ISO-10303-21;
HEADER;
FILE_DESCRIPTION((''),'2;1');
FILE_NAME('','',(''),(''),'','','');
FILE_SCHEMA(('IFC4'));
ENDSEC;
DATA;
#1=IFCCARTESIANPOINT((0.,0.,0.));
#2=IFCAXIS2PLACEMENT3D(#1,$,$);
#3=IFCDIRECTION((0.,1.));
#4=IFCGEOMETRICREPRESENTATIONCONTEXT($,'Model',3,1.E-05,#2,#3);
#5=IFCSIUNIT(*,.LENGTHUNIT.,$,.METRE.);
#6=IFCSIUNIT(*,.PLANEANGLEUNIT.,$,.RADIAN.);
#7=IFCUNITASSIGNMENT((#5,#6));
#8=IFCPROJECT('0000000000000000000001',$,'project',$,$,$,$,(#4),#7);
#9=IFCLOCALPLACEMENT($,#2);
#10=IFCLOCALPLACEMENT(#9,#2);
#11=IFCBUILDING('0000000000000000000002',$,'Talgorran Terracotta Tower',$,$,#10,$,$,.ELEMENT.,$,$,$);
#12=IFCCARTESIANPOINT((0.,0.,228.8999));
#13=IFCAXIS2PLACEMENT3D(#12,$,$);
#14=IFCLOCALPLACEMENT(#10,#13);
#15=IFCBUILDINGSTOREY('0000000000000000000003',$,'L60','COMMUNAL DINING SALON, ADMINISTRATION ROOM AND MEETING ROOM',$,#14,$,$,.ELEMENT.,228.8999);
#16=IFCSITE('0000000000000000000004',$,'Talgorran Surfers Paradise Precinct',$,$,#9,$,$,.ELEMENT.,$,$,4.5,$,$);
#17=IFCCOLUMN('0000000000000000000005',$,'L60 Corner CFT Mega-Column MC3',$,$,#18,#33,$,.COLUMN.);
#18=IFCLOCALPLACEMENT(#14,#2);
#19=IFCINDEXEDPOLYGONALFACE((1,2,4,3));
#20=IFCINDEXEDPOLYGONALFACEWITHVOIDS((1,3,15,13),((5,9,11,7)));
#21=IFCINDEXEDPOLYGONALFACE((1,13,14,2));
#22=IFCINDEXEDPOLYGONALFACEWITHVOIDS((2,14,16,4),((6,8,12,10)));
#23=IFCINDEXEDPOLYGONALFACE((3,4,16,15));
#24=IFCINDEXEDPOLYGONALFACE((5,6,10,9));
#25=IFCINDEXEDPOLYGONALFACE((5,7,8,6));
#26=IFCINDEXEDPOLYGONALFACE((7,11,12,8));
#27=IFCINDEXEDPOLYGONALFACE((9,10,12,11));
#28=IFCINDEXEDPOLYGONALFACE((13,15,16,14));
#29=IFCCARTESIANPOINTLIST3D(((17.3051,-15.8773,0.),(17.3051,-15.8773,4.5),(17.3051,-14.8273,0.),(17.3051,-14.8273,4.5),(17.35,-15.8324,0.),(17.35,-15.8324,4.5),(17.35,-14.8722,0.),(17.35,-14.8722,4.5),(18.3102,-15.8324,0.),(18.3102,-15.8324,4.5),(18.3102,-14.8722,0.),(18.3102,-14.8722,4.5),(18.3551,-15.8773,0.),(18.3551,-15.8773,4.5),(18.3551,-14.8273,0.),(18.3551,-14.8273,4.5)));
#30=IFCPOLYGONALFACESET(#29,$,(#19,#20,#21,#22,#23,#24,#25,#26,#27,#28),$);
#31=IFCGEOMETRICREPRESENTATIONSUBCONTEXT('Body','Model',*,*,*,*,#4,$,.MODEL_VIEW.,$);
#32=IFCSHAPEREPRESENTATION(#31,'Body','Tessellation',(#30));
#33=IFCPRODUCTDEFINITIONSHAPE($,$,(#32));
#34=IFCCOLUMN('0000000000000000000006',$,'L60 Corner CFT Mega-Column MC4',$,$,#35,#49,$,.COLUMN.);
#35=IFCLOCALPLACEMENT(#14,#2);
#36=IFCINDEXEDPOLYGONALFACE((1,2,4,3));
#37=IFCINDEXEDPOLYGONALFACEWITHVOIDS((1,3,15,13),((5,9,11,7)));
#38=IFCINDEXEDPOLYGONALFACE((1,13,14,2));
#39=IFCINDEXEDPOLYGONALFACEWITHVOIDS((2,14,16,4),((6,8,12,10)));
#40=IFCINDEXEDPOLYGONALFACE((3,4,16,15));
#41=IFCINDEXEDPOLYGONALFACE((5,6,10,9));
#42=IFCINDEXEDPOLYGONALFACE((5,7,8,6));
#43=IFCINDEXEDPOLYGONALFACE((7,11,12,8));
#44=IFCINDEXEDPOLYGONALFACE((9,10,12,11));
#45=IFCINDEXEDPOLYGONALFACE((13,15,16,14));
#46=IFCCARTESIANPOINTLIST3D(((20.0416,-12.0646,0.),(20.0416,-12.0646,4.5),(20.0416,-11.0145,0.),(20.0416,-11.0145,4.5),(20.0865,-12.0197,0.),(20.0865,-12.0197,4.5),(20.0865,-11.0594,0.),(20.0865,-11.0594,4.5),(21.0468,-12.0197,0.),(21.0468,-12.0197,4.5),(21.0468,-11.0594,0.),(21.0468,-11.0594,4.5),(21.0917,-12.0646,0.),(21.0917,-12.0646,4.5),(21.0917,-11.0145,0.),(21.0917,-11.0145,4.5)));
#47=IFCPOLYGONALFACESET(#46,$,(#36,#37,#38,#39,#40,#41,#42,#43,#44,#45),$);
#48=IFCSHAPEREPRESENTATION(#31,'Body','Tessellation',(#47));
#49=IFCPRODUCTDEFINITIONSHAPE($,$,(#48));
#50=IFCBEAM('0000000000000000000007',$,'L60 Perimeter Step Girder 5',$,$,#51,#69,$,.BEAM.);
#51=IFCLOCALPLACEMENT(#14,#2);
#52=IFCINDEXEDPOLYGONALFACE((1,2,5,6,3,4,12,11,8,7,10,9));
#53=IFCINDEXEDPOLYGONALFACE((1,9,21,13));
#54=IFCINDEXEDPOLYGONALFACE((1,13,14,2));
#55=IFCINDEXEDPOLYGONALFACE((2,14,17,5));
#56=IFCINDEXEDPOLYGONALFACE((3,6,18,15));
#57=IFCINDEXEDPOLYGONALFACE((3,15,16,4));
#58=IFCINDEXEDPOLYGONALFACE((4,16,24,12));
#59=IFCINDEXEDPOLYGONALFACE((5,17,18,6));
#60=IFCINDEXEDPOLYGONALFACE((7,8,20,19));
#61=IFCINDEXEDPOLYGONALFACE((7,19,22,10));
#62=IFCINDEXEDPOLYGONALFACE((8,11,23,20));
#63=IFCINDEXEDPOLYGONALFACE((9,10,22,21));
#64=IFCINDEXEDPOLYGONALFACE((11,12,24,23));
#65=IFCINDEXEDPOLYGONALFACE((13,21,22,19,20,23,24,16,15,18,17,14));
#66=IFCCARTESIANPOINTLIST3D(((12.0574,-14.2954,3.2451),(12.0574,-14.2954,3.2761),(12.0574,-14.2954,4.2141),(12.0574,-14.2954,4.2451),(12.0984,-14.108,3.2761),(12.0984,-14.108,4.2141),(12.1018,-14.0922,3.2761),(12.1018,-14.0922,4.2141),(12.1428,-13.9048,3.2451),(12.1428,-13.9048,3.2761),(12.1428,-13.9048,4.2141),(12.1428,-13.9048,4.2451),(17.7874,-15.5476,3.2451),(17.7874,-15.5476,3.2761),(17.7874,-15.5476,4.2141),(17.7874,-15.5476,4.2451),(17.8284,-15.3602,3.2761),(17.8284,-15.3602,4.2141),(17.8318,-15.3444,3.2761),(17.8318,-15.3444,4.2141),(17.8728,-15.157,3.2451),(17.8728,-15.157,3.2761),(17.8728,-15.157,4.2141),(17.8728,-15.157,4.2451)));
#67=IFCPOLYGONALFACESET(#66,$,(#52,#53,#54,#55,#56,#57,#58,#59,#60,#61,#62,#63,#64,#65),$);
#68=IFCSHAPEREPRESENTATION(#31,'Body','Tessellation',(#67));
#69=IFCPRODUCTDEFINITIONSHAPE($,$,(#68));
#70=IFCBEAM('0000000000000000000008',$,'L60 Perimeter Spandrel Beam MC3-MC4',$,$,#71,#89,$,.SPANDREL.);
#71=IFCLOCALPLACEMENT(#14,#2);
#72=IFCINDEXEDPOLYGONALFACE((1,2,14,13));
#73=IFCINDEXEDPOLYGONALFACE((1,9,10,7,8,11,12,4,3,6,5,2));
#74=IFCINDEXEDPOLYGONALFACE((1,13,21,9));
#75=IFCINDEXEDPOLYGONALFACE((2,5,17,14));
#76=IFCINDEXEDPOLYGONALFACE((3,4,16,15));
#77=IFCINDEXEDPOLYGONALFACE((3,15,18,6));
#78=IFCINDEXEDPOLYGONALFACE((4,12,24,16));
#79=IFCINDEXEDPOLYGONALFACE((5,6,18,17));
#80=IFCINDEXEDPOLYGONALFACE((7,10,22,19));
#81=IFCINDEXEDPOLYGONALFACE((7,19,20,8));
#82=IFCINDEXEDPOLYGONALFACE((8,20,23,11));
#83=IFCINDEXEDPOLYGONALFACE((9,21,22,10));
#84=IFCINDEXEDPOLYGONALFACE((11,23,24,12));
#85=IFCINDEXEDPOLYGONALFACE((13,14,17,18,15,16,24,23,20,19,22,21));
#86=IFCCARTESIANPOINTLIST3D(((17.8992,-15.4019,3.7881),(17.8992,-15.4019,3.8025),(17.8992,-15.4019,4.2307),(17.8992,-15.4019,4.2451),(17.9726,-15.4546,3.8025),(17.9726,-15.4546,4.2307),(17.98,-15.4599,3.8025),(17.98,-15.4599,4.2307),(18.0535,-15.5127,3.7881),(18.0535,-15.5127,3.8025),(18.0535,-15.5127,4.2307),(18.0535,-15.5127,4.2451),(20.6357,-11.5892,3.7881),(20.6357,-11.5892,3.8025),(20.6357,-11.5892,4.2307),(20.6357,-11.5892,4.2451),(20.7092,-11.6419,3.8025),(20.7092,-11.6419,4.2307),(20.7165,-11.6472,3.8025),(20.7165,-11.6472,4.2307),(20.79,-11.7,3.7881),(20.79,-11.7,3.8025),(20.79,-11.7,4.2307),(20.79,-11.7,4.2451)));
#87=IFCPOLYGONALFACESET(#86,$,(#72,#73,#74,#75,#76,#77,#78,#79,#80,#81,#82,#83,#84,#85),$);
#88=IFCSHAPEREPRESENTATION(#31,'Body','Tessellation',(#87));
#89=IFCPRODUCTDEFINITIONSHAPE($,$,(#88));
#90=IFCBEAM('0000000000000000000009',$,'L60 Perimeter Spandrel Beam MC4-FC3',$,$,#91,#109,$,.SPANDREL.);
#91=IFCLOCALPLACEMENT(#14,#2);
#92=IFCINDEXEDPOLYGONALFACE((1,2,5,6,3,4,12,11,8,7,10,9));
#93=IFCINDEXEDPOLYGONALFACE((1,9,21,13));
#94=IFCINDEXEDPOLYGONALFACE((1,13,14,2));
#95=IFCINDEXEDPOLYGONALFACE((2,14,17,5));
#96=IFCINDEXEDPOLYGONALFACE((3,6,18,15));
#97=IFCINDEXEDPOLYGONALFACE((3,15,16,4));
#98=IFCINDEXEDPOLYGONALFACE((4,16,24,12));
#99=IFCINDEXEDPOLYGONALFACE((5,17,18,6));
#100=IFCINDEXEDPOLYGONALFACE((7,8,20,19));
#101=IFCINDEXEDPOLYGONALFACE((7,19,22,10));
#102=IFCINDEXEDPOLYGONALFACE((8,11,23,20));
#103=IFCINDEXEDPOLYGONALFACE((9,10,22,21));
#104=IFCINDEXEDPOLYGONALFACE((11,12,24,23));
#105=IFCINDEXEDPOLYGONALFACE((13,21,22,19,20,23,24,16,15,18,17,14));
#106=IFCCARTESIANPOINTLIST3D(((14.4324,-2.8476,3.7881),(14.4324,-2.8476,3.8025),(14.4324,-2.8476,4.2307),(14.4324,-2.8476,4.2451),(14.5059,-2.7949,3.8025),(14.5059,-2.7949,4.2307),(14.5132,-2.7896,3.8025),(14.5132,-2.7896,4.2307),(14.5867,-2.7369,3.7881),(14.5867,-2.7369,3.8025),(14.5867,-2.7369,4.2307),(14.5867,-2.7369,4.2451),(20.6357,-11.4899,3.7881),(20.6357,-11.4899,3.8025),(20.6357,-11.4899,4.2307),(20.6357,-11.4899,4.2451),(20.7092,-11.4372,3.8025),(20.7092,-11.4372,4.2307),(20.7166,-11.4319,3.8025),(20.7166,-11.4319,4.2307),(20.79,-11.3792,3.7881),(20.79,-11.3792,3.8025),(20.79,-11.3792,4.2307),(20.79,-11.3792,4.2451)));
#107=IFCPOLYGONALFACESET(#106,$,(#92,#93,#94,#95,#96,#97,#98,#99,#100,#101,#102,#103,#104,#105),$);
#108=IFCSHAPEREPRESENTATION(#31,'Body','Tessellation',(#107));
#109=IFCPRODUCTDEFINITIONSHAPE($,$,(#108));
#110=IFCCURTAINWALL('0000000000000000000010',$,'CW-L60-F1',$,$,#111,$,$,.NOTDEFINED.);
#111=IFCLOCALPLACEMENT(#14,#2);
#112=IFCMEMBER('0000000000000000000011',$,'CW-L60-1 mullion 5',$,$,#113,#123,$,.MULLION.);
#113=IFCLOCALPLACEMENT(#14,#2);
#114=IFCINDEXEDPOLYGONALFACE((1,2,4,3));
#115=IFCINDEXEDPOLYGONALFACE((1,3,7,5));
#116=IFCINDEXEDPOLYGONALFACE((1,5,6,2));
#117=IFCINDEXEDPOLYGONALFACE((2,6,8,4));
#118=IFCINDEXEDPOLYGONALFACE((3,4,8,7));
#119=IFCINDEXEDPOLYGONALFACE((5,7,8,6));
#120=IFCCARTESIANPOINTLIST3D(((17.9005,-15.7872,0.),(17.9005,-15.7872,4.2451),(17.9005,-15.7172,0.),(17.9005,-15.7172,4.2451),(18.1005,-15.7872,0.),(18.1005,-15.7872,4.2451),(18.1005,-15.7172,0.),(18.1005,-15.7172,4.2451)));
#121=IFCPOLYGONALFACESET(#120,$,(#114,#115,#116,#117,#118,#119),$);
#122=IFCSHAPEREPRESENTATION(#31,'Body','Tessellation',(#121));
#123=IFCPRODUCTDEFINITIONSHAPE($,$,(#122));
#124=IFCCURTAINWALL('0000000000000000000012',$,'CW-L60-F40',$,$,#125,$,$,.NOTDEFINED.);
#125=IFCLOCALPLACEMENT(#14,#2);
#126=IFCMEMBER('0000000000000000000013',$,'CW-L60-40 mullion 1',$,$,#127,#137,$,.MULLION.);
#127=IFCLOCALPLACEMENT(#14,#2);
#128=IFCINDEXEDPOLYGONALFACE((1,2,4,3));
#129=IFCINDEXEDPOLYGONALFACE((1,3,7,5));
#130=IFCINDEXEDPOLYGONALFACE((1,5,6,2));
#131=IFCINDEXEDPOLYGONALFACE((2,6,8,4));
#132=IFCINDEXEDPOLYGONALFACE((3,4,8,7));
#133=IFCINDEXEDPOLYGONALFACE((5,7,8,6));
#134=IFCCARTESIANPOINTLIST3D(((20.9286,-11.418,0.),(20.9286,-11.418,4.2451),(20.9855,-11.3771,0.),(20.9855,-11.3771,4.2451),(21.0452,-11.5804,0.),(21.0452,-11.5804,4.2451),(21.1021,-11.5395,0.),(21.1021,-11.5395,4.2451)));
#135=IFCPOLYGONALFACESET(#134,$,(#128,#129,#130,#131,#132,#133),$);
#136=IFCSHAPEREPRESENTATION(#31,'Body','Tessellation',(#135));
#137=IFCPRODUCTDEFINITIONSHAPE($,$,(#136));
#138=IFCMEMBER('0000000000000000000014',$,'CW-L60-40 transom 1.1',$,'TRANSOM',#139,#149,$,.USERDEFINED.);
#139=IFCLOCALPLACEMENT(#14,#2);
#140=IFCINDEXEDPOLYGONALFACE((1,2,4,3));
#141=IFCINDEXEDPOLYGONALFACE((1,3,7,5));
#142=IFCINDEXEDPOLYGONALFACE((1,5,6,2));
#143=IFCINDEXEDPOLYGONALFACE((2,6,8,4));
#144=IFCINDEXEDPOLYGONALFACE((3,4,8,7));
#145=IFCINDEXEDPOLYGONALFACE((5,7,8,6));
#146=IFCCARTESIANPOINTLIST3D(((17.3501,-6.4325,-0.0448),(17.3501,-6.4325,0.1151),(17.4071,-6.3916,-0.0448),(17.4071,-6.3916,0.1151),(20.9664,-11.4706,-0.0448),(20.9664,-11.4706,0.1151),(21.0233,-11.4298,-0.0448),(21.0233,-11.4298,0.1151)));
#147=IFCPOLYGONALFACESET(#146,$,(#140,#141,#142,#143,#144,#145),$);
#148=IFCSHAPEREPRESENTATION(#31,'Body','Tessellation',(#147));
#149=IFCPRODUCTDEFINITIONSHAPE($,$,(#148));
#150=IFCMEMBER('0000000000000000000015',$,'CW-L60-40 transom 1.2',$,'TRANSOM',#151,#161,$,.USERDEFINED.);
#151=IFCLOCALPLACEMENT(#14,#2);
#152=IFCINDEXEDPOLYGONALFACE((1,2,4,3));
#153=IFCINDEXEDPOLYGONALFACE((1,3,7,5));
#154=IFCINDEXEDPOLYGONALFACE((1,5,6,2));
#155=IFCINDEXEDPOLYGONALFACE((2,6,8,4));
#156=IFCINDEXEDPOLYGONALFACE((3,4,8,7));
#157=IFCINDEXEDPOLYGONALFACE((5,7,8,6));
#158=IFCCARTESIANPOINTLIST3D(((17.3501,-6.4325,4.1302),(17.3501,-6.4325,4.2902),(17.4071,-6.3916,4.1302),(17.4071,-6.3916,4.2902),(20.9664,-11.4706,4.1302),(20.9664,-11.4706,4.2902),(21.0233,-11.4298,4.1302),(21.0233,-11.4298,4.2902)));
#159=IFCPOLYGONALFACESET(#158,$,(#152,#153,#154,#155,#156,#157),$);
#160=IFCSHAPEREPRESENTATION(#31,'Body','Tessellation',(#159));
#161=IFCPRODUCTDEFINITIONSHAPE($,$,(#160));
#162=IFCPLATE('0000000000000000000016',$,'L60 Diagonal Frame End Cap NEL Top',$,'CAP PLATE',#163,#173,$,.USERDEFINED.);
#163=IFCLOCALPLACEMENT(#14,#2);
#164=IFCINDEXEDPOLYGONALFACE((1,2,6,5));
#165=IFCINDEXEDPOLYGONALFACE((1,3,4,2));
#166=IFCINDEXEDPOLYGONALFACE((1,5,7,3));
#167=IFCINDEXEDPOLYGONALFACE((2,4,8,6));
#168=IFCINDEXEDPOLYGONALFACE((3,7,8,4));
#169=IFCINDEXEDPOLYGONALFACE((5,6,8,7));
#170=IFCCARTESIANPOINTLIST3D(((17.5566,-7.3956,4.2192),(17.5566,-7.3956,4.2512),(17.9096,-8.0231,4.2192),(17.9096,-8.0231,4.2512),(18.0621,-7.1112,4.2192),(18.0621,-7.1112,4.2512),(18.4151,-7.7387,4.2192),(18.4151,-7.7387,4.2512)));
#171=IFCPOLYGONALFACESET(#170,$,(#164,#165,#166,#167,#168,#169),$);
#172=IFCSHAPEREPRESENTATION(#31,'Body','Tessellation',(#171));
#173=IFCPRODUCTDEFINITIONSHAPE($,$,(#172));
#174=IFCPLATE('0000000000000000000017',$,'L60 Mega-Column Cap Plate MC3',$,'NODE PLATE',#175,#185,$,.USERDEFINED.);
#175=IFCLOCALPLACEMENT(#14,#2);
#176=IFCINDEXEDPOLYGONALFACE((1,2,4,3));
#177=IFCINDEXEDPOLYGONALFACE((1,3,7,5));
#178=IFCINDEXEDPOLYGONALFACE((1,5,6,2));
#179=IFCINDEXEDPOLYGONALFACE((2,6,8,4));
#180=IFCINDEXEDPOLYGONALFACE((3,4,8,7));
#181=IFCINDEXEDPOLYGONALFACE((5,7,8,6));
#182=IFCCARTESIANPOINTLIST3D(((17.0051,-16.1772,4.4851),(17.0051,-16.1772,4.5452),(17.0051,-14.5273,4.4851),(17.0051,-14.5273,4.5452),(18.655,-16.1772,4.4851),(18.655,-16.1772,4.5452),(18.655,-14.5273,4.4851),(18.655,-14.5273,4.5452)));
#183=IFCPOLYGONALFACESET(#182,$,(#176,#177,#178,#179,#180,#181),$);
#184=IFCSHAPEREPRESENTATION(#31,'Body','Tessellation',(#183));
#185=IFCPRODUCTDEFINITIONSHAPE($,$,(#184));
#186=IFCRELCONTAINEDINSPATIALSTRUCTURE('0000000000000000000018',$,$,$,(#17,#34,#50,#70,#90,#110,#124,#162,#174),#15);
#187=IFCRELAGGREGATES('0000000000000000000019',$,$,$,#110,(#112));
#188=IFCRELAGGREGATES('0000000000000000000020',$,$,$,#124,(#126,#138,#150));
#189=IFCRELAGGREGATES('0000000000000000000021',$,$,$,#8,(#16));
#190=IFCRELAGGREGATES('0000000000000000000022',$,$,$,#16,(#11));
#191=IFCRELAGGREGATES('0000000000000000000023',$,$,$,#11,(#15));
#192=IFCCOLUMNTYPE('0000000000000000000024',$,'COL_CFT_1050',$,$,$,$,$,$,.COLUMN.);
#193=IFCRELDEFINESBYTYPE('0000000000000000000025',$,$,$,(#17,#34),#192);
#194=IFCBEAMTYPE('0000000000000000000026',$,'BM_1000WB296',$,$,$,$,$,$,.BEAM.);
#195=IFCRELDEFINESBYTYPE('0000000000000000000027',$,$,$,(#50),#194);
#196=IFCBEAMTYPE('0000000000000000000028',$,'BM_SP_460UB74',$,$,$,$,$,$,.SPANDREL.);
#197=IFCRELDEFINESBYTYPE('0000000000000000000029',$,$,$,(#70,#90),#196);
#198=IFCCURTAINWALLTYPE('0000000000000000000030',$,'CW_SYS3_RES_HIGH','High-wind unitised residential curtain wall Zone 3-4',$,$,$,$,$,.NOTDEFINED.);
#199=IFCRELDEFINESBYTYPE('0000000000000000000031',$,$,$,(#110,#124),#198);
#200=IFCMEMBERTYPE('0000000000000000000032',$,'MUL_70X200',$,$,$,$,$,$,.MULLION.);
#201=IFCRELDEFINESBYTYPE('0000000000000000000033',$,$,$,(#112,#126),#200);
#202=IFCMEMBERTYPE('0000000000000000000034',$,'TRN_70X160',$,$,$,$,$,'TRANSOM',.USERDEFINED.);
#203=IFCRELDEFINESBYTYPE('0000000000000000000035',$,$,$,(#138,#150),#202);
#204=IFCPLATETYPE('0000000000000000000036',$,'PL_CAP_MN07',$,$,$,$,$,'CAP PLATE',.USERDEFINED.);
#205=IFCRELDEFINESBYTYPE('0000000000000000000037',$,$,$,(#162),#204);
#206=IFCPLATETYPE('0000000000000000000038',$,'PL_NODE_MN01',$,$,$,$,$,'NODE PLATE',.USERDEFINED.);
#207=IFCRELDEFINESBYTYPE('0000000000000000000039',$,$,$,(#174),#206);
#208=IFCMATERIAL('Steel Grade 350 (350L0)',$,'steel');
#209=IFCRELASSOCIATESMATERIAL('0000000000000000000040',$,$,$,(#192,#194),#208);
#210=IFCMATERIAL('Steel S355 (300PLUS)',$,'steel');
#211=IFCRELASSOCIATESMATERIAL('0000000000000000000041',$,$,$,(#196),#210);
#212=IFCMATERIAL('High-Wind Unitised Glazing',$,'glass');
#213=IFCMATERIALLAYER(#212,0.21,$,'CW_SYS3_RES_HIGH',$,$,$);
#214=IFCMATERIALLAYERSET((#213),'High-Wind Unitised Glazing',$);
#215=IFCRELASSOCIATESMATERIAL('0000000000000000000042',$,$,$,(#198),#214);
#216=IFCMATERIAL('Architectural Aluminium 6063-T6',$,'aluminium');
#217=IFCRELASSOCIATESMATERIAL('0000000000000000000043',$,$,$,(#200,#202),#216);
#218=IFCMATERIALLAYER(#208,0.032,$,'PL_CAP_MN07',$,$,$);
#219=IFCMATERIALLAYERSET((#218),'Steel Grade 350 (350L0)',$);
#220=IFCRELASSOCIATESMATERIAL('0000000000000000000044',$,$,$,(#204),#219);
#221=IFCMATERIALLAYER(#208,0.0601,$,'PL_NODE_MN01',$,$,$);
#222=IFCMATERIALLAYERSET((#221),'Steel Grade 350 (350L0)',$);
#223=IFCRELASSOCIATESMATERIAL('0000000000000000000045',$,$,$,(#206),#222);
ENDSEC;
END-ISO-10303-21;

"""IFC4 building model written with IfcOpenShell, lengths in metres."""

from ifc_helpers import new_model, si_unit, direction, frame, origin, origin_2d, place, context, subcontext, project, spatial, rectangle, hollow_rectangle, i_section, extrude, material, layer, layer_set, material_profile, profile_set, type_object, element, aggregate, save


model = new_model("IFC4")

# Units and contexts
model_context = context("Model", 3, precision=1e-05, world=origin(), true_north=direction((0.0, 1.0)))
body_context = subcontext(model_context, "Body", "Model", "MODEL_VIEW")
ifc_project = project(units=[si_unit("LENGTHUNIT", "METRE"), si_unit("PLANEANGLEUNIT", "RADIAN")], contexts=[model_context])

# Site, building, storey
site_placement = place(None, origin())
site = spatial("IfcSite", under=ifc_project, at=site_placement, Name="Talgorran Surfers Paradise Precinct", CompositionType="ELEMENT", RefElevation=4.5)
building_placement = place(site_placement, origin())
building = spatial("IfcBuilding", under=site, at=building_placement, Name="Talgorran Terracotta Tower", CompositionType="ELEMENT")
storey_placement = place(building_placement, frame((0.0, 0.0, 228.8999)))
storey = spatial("IfcBuildingStorey", under=building, at=storey_placement, Name="L60", Description="COMMUNAL DINING SALON, ADMINISTRATION ROOM AND MEETING ROOM", CompositionType="ELEMENT", Elevation=228.8999)

# Columns
ifc_material_1 = material(Name="Steel Grade 350 (350L0)", Category="steel")
ifc_material_profile_1 = material_profile(ifc_material_1, hollow_rectangle(XDim=1.05, YDim=1.05, WallThickness=0.0449, at=origin_2d()), Name="CFT1050X1050X45")
ifc_profile_set_1 = profile_set([ifc_material_profile_1], Name="Steel Grade 350 (350L0)")
column_type = type_object("IfcColumnType", Name="COL_CFT_1050", PredefinedType="COLUMN", material=ifc_profile_set_1)
for number, where, z_axis, x_axis, name in (
    (1, (17.8301, -15.3523, 0.0), (0.0, 0.0, 1.0), (1.0, 0.0, 0.0), "L60 Corner CFT Mega-Column MC3"),
    (2, (20.5667, -11.5396, 0.0), (0.0, 0.0, 1.0), (1.0, 0.0, 0.0), "L60 Corner CFT Mega-Column MC4"),
):
    element("IfcColumn", number, at=place(storey_placement, frame(where, z_axis=z_axis, x_axis=x_axis)), inside=storey, type_object=column_type, Name=name, PredefinedType="COLUMN", context=body_context, shape_type="SweptSolid", body=[
        extrude(hollow_rectangle(XDim=1.05, YDim=1.05, WallThickness=0.0449, at=origin_2d()), origin(), (0.0, 0.0, 1.0), 4.5),
    ])

# Beams
ifc_material_profile_2 = material_profile(ifc_material_1, i_section(OverallWidth=0.3999, OverallDepth=1.0, WebThickness=0.0161, FlangeThickness=0.031, at=origin_2d()), Name="1000WB296")
ifc_profile_set_2 = profile_set([ifc_material_profile_2], Name="Steel Grade 350 (350L0)")
beam_type_1 = type_object("IfcBeamType", Name="BM_1000WB296", PredefinedType="BEAM", material=ifc_profile_set_2)
beam_1_placement = place(storey_placement, frame((17.8301, -15.3523, 3.7451), z_axis=(-0.976944, 0.213496, 0.0), x_axis=(-0.213496, -0.976944, 0.0)))
element("IfcBeam", 3, at=beam_1_placement, inside=storey, type_object=beam_type_1, Name="L60 Perimeter Step Girder 5", PredefinedType="BEAM", context=body_context, shape_type="SweptSolid", body=[
    extrude(i_section(OverallWidth=0.3999, OverallDepth=1.0, WebThickness=0.0161, FlangeThickness=0.031, at=origin_2d()), origin(), (0.0, 0.0, 1.0), 5.8652),
])
ifc_material_2 = material(Name="Steel S355 (300PLUS)", Category="steel")
ifc_material_profile_3 = material_profile(ifc_material_2, i_section(OverallWidth=0.1899, OverallDepth=0.457, WebThickness=0.009, FlangeThickness=0.0144, at=origin_2d()), Name="460UB74.6")
ifc_profile_set_3 = profile_set([ifc_material_profile_3], Name="Steel S355 (300PLUS)")
beam_type_2 = type_object("IfcBeamType", Name="BM_SP_460UB74", PredefinedType="SPANDREL", material=ifc_profile_set_3)
beam_2_placement = place(storey_placement, frame((17.9763, -15.4573, 4.0166), z_axis=(0.583097, 0.812403, 0.0), x_axis=(-0.812403, 0.583097, 0.0)))
element("IfcBeam", 4, at=beam_2_placement, inside=storey, type_object=beam_type_2, Name="L60 Perimeter Spandrel Beam MC3-MC4", PredefinedType="SPANDREL", context=body_context, shape_type="SweptSolid", body=[
    extrude(i_section(OverallWidth=0.1899, OverallDepth=0.457, WebThickness=0.009, FlangeThickness=0.0144, at=origin_2d()), origin(), (0.0, 0.0, 1.0), 4.6931),
])
beam_3_placement = place(storey_placement, frame((20.7129, -11.4346, 4.0166), z_axis=(-0.583121, 0.812385, 0.0), x_axis=(-0.812385, -0.583121, 0.0)))
element("IfcBeam", 5, at=beam_3_placement, inside=storey, type_object=beam_type_2, Name="L60 Perimeter Spandrel Beam MC4-FC3", PredefinedType="SPANDREL", context=body_context, shape_type="SweptSolid", body=[
    extrude(i_section(OverallWidth=0.1899, OverallDepth=0.457, WebThickness=0.009, FlangeThickness=0.0144, at=origin_2d()), origin(), (0.0, 0.0, 1.0), 10.6382),
])

# Curtain wall, member
ifc_material_3 = material(Name="High-Wind Unitised Glazing", Category="glass")
ifc_layer_1 = layer(ifc_material_3, 0.21, Name="CW_SYS3_RES_HIGH")
ifc_layer_set_1 = layer_set([ifc_layer_1], Name="High-Wind Unitised Glazing")
curtain_wall_type = type_object("IfcCurtainWallType", Name="CW_SYS3_RES_HIGH", Description="High-wind unitised residential curtain wall Zone 3-4", PredefinedType="NOTDEFINED", material=ifc_layer_set_1)
curtain_wall_1_placement = place(storey_placement, origin())
curtain_wall_1 = element("IfcCurtainWall", 6, at=curtain_wall_1_placement, inside=storey, type_object=curtain_wall_type, Name="CW-L60-F1", PredefinedType="NOTDEFINED")
ifc_material_4 = material(Name="Architectural Aluminium 6063-T6", Category="aluminium")
ifc_material_profile_4 = material_profile(ifc_material_4, rectangle(XDim=0.0701, YDim=0.2, at=origin_2d()), Name="CWM70X200")
ifc_profile_set_4 = profile_set([ifc_material_profile_4], Name="Architectural Aluminium 6063-T6")
member_type_1 = type_object("IfcMemberType", Name="MUL_70X200", PredefinedType="MULLION", material=ifc_profile_set_4)
member_1_placement = place(storey_placement, frame((18.0005, -15.7522, 0.0), z_axis=(0.0, 0.0, 1.0), x_axis=(0.0, 1.0, 0.0)))
member_1 = element("IfcMember", 7, at=member_1_placement, type_object=member_type_1, Name="CW-L60-1 mullion 5", PredefinedType="MULLION", context=body_context, shape_type="SweptSolid", body=[
    extrude(rectangle(XDim=0.0701, YDim=0.2, at=origin_2d()), origin(), (0.0, 0.0, 1.0), 4.2451),
])
aggregate(curtain_wall_1, [member_1])

# Curtain wall, members
curtain_wall_2_placement = place(storey_placement, origin())
curtain_wall_2 = element("IfcCurtainWall", 8, at=curtain_wall_2_placement, inside=storey, type_object=curtain_wall_type, Name="CW-L60-F40", PredefinedType="NOTDEFINED")
member_2_placement = place(storey_placement, frame((21.0154, -11.4788, 0.0), z_axis=(0.0, 0.0, 1.0), x_axis=(-0.812389, -0.583115, 0.0)))
member_2 = element("IfcMember", 9, at=member_2_placement, type_object=member_type_1, Name="CW-L60-40 mullion 1", PredefinedType="MULLION", context=body_context, shape_type="SweptSolid", body=[
    extrude(rectangle(XDim=0.0701, YDim=0.2, at=origin_2d()), origin(), (0.0, 0.0, 1.0), 4.2451),
])
ifc_material_profile_5 = material_profile(ifc_material_4, rectangle(XDim=0.0701, YDim=0.1599, at=origin_2d()), Name="CWT70X160")
ifc_profile_set_5 = profile_set([ifc_material_profile_5], Name="Architectural Aluminium 6063-T6")
member_type_2 = type_object("IfcMemberType", Name="TRN_70X160", ElementType="TRANSOM", PredefinedType="USERDEFINED", material=ifc_profile_set_5)
member_3_placement = place(storey_placement, frame((20.9949, -11.4502, 0.0352), z_axis=(-0.583114, 0.812391, 0.0), x_axis=(-0.812391, -0.583114, 0.0)))
member_3 = element("IfcMember", 10, at=member_3_placement, type_object=member_type_2, Name="CW-L60-40 transom 1.1", ObjectType="TRANSOM", PredefinedType="USERDEFINED", context=body_context, shape_type="SweptSolid", body=[
    extrude(rectangle(XDim=0.0701, YDim=0.1599, at=origin_2d()), origin(), (0.0, 0.0, 1.0), 6.2017),
])
member_4_placement = place(storey_placement, frame((20.9949, -11.4502, 4.2102), z_axis=(-0.583114, 0.812391, 0.0), x_axis=(-0.812391, -0.583114, 0.0)))
member_4 = element("IfcMember", 11, at=member_4_placement, type_object=member_type_2, Name="CW-L60-40 transom 1.2", ObjectType="TRANSOM", PredefinedType="USERDEFINED", context=body_context, shape_type="SweptSolid", body=[
    extrude(rectangle(XDim=0.0701, YDim=0.1599, at=origin_2d()), origin(), (0.0, 0.0, 1.0), 6.2017),
])

# Plates
ifc_layer_2 = layer(ifc_material_1, 0.032, Name="PL_CAP_MN07")
ifc_layer_set_2 = layer_set([ifc_layer_2], Name="Steel Grade 350 (350L0)")
plate_type_1 = type_object("IfcPlateType", Name="PL_CAP_MN07", ElementType="CAP PLATE", PredefinedType="USERDEFINED", material=ifc_layer_set_2)
plate_1_placement = place(storey_placement, frame((17.9858, -7.5671, 4.2192), z_axis=(0.0, 0.0, 1.0), x_axis=(0.490295, -0.871556, 0.0)))
element("IfcPlate", 12, at=plate_1_placement, inside=storey, type_object=plate_type_1, Name="L60 Diagonal Frame End Cap NEL Top", ObjectType="CAP PLATE", PredefinedType="USERDEFINED", context=body_context, shape_type="SweptSolid", body=[
    extrude(rectangle(XDim=0.72, YDim=0.5801, at=origin_2d()), origin(), (0.0, 0.0, 1.0), 0.032),
])
ifc_layer_3 = layer(ifc_material_1, 0.0601, Name="PL_NODE_MN01")
ifc_layer_set_3 = layer_set([ifc_layer_3], Name="Steel Grade 350 (350L0)")
plate_type_2 = type_object("IfcPlateType", Name="PL_NODE_MN01", ElementType="NODE PLATE", PredefinedType="USERDEFINED", material=ifc_layer_set_3)
for number, where, z_axis, x_axis, name in (
    (13, (17.8301, -15.3523, 4.4851), (0.0, 0.0, 1.0), (1.0, 0.0, 0.0), "L60 Mega-Column Cap Plate MC3"),
):
    element("IfcPlate", number, at=place(storey_placement, frame(where, z_axis=z_axis, x_axis=x_axis)), inside=storey, type_object=plate_type_2, Name=name, ObjectType="NODE PLATE", PredefinedType="USERDEFINED", context=body_context, shape_type="SweptSolid", body=[
        extrude(rectangle(XDim=1.6499, YDim=1.6499, at=origin_2d()), origin(), (0.0, 0.0, 1.0), 0.0601),
    ])

aggregate(curtain_wall_2, [member_2, member_3, member_4])

save(model, "model.ifc")
